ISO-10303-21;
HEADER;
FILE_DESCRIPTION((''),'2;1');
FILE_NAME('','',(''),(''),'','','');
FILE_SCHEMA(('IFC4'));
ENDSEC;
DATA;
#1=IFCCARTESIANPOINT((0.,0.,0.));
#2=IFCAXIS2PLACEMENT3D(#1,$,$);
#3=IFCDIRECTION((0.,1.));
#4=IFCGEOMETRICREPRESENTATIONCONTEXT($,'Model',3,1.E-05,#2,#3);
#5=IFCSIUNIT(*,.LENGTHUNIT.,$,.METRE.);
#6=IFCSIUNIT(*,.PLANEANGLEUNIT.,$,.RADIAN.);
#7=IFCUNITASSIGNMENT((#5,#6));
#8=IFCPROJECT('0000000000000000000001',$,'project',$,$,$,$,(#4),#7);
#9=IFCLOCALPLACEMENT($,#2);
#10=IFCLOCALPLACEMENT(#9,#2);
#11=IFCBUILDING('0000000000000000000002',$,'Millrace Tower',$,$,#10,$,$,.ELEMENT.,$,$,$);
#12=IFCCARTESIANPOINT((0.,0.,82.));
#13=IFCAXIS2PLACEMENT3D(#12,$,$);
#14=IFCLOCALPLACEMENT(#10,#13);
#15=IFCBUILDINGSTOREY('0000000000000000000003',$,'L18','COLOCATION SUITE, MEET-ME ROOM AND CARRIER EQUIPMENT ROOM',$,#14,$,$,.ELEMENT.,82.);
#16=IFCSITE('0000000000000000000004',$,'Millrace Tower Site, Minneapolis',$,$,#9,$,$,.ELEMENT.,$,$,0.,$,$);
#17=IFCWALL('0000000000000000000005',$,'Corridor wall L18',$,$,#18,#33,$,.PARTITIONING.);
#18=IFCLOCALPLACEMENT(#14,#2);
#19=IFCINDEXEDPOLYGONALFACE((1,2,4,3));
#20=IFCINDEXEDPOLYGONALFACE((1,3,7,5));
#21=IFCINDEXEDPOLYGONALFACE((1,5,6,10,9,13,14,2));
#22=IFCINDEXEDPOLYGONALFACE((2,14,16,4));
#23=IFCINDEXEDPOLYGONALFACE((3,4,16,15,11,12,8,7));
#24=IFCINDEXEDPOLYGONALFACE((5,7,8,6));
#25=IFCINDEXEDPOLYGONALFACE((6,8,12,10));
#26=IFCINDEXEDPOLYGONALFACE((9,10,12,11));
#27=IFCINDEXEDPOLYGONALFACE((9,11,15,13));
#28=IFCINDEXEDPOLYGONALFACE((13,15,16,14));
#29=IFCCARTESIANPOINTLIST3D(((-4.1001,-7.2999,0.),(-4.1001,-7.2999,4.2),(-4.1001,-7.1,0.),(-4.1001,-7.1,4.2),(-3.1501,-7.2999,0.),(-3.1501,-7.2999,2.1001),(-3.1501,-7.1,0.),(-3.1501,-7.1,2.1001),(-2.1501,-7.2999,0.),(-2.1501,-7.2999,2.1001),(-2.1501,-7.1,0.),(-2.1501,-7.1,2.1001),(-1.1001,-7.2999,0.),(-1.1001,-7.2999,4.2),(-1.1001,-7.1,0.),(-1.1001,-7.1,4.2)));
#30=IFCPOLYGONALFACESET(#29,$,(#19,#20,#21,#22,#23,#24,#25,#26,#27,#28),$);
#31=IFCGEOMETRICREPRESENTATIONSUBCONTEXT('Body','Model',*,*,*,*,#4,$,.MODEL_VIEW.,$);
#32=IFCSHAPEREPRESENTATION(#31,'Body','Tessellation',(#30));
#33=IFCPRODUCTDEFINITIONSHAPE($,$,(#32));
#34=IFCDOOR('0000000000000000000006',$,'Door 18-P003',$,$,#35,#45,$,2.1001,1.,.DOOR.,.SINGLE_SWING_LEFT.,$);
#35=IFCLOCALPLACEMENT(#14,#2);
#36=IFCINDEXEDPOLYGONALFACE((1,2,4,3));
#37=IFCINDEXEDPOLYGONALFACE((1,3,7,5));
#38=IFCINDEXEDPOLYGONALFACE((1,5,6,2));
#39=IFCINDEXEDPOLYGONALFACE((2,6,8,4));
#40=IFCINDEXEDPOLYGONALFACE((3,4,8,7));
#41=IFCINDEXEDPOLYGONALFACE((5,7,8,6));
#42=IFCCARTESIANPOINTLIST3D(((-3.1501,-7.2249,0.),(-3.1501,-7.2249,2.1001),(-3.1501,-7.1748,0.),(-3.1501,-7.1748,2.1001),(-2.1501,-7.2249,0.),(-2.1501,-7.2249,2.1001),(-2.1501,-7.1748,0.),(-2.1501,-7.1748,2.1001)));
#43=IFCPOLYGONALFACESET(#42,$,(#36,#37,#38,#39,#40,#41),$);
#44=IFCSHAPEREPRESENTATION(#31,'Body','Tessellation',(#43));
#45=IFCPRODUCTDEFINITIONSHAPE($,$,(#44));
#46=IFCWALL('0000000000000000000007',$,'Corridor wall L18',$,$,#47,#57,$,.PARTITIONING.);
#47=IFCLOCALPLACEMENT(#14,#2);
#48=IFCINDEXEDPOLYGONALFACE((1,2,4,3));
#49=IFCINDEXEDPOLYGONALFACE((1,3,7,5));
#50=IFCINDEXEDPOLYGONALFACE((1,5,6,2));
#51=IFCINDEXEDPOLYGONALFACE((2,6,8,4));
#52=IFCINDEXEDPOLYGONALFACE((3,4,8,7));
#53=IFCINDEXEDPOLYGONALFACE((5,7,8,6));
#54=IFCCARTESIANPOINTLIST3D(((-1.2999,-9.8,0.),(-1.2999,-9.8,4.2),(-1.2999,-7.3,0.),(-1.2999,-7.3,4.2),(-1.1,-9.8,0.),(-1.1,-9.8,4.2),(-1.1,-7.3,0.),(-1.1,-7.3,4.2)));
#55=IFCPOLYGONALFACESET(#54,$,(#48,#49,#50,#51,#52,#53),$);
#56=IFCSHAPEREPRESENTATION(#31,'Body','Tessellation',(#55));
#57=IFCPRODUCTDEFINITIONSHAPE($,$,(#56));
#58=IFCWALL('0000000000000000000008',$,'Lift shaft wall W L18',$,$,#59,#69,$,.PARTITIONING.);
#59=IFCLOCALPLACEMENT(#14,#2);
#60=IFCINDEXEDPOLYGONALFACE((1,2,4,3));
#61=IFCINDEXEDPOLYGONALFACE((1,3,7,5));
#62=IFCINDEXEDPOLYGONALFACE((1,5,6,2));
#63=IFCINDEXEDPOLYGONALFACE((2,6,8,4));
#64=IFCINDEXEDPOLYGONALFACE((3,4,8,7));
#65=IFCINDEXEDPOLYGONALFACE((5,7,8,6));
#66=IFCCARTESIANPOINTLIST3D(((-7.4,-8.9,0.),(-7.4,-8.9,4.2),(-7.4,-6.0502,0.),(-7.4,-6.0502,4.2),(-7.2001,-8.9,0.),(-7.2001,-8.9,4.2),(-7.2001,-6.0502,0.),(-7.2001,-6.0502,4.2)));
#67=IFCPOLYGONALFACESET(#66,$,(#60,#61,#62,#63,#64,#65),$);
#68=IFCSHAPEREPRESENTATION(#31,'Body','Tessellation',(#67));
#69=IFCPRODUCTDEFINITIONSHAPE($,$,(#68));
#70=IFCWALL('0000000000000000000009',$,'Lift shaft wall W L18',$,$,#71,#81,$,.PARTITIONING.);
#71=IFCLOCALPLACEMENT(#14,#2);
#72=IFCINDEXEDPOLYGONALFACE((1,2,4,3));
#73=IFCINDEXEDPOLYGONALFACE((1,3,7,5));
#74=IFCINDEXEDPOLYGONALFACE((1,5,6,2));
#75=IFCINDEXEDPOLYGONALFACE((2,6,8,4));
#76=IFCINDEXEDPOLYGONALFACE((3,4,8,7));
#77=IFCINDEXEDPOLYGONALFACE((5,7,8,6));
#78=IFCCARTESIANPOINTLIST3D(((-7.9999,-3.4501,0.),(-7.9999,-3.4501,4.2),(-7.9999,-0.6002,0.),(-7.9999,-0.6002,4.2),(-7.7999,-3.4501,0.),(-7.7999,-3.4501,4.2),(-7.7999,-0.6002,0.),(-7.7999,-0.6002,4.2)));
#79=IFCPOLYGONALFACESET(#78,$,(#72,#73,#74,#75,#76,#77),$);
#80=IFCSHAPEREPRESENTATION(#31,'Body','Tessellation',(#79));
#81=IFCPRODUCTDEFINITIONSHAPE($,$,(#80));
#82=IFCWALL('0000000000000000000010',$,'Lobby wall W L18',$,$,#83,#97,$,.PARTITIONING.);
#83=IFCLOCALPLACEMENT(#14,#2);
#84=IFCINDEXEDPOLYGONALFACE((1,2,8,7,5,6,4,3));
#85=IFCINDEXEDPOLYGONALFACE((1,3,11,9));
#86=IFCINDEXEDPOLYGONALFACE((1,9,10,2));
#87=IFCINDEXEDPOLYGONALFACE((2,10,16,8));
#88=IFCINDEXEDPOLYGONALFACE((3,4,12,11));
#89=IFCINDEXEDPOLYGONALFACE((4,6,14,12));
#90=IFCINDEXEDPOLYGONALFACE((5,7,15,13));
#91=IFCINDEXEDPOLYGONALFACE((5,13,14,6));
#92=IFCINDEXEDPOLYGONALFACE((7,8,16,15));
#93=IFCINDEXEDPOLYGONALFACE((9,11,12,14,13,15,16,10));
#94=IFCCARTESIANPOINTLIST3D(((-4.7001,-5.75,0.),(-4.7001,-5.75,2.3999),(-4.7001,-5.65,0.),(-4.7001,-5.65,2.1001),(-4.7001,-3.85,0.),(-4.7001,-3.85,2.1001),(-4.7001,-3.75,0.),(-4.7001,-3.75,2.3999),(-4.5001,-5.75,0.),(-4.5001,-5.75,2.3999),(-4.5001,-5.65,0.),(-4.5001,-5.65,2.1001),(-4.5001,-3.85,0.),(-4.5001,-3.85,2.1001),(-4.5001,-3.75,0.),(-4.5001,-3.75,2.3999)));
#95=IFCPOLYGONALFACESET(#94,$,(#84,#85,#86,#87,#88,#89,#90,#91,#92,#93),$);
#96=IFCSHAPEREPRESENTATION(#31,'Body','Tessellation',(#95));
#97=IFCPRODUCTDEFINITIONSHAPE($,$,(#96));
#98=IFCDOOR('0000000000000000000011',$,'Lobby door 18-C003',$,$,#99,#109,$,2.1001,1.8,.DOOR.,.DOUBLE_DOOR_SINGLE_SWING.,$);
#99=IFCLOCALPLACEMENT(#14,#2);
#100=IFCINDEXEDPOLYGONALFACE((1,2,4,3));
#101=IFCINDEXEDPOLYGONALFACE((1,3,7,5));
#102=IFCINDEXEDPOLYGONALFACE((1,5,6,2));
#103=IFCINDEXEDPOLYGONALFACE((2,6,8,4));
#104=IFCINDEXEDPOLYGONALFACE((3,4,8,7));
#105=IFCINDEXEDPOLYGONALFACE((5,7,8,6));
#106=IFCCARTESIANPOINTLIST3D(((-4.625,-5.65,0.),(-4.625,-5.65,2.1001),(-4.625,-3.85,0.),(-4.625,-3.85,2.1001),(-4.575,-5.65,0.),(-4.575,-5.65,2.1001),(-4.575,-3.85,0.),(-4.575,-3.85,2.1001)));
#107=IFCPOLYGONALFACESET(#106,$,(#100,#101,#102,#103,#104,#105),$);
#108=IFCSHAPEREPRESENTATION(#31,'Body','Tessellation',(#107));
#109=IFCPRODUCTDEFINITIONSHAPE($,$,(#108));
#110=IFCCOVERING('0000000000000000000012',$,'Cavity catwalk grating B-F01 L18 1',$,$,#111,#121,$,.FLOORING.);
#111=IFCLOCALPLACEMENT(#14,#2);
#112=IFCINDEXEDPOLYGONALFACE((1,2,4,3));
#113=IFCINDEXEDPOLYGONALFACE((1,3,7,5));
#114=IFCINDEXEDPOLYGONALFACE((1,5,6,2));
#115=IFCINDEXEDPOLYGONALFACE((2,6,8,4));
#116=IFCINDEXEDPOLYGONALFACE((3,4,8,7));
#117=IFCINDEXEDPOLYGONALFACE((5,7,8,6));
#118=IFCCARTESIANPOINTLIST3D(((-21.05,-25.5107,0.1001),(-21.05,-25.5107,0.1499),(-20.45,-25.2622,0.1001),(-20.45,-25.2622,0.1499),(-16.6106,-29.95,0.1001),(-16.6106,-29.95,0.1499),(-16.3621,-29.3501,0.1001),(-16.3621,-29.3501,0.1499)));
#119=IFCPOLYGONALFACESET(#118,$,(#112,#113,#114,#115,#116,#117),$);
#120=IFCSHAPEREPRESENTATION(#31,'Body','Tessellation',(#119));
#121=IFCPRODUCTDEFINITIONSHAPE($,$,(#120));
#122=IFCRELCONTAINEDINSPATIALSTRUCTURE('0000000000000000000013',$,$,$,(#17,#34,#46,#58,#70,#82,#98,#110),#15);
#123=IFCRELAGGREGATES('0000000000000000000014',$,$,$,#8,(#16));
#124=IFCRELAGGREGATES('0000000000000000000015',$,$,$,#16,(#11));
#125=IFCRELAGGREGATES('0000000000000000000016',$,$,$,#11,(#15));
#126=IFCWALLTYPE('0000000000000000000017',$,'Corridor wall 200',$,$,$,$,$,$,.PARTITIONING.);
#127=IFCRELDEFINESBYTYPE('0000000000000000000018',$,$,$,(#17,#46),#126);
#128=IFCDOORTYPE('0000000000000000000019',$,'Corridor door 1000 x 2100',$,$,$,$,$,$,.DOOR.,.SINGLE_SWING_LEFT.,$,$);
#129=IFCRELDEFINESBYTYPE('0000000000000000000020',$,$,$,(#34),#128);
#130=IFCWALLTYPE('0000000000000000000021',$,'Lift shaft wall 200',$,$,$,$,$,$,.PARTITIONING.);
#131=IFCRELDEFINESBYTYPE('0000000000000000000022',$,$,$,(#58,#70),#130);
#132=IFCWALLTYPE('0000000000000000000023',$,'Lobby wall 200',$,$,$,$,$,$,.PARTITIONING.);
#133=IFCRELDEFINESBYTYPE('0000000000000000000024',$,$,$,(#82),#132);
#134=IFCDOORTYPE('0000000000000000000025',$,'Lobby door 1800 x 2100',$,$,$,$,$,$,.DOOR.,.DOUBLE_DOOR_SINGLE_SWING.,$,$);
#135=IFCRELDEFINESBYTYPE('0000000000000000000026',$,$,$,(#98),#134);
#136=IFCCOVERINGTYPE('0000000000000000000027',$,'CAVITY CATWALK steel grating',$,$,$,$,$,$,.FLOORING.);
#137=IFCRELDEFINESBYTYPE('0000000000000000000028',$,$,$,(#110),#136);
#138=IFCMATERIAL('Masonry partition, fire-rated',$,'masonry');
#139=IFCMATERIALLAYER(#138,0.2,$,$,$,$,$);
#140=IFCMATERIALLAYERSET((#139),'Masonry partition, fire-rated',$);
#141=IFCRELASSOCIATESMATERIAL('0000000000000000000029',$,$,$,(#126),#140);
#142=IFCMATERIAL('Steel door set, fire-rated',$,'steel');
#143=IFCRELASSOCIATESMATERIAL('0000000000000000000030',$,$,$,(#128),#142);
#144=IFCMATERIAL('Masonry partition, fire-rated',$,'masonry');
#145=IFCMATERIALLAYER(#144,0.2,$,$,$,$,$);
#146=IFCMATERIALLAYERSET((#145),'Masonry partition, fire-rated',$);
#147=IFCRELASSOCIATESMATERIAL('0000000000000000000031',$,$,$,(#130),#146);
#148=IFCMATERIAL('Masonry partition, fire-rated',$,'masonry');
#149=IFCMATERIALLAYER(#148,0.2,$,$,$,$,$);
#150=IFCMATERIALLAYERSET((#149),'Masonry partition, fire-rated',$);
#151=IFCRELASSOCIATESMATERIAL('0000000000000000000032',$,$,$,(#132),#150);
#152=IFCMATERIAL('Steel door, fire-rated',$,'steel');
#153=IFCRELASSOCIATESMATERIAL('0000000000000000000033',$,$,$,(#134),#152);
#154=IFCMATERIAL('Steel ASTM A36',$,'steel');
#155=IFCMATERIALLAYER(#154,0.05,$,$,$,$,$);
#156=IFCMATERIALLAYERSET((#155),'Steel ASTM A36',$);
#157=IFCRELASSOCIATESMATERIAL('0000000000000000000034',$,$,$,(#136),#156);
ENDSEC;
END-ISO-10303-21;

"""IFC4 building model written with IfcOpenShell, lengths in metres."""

from ifc_helpers import new_model, si_unit, direction, frame, frame_2d, origin, place, context, subcontext, project, spatial, polyline, rectangle, outline, extrude, material, layer, layer_set, type_object, element, fill, save


model = new_model("IFC4")

# Units and contexts
model_context = context("Model", 3, precision=1e-05, world=origin(), true_north=direction((0.0, 1.0)))
body_context = subcontext(model_context, "Body", "Model", "MODEL_VIEW")
ifc_project = project(units=[si_unit("LENGTHUNIT", "METRE"), si_unit("PLANEANGLEUNIT", "RADIAN")], contexts=[model_context])

# Site, building, storey
site_placement = place(None, origin())
site = spatial("IfcSite", under=ifc_project, at=site_placement, Name="Millrace Tower Site, Minneapolis", CompositionType="ELEMENT", RefElevation=0.0)
building_placement = place(site_placement, origin())
building = spatial("IfcBuilding", under=site, at=building_placement, Name="Millrace Tower", CompositionType="ELEMENT")
storey_placement = place(building_placement, frame((0.0, 0.0, 82.0)))
storey = spatial("IfcBuildingStorey", under=building, at=storey_placement, Name="L18", Description="COLOCATION SUITE, MEET-ME ROOM AND CARRIER EQUIPMENT ROOM", CompositionType="ELEMENT", Elevation=82.0)

# Shared definitions
ifc_material_1 = material(Name="Masonry partition, fire-rated", Category="masonry")
ifc_layer_1 = layer(ifc_material_1, 0.2)
ifc_layer_set_1 = layer_set([ifc_layer_1], Name="Masonry partition, fire-rated")
wall_type_1 = type_object("IfcWallType", Name="Corridor wall 200", PredefinedType="PARTITIONING", material=ifc_layer_set_1)

# Wall, opening, door
wall_1_placement = place(storey_placement, frame((-4.1001, -7.2, 0.0), z_axis=(0.0, 0.0, 1.0), x_axis=(1.0, 0.0, 0.0)))
wall_1 = element("IfcWall", 1, at=wall_1_placement, inside=storey, type_object=wall_type_1, Name="Corridor wall L18", PredefinedType="PARTITIONING", context=body_context, shape_type="SweptSolid", body=[
    extrude(rectangle(XDim=3.0, YDim=0.2, at=frame_2d((1.5, 0.0))), origin(), (0.0, 0.0, 1.0), 4.2),
])
opening_1_placement = place(wall_1_placement, frame((0.95, 0.0, 0.0)))
opening_1 = element("IfcOpeningElement", 2, at=opening_1_placement, cuts=wall_1, PredefinedType="OPENING", context=body_context, shape_type="SweptSolid", body=[
    extrude(rectangle(XDim=1.0, YDim=2.1001, at=frame_2d((0.5, 1.05))), frame((0.0, 0.1099, 0.0), z_axis=(0.0, -1.0, 0.0), x_axis=(1.0, 0.0, 0.0)), (0.0, 0.0, 1.0), 0.22),
])
ifc_material_2 = material(Name="Steel door set, fire-rated", Category="steel")
door_type_1 = type_object("IfcDoorType", Name="Corridor door 1000 x 2100", OperationType="SINGLE_SWING_LEFT", PredefinedType="DOOR", material=ifc_material_2)
door_1_placement = place(opening_1_placement, frame((1.0, 0.0, 0.0), z_axis=(0.0, 0.0, 1.0), x_axis=(-1.0, 0.0, 0.0)))
door_1 = element("IfcDoor", 3, at=door_1_placement, inside=storey, type_object=door_type_1, Name="Door 18-P003", OperationType="SINGLE_SWING_LEFT", OverallHeight=2.1001, OverallWidth=1.0, PredefinedType="DOOR", context=body_context, shape_type="SweptSolid", body=[
    extrude(rectangle(XDim=1.0, YDim=2.1001, at=frame_2d((0.5, 1.05))), frame((0.0, 0.0249, 0.0), z_axis=(0.0, -1.0, 0.0), x_axis=(1.0, 0.0, 0.0)), (0.0, 0.0, 1.0), 0.05),
])
fill(opening_1, door_1)

# Walls
wall_2_placement = place(storey_placement, frame((-1.2, -9.8, 0.0), z_axis=(0.0, 0.0, 1.0), x_axis=(0.0, 1.0, 0.0)))
element("IfcWall", 4, at=wall_2_placement, inside=storey, type_object=wall_type_1, Name="Corridor wall L18", PredefinedType="PARTITIONING", context=body_context, shape_type="SweptSolid", body=[
    extrude(rectangle(XDim=2.5, YDim=0.2, at=frame_2d((1.25, 0.0))), origin(), (0.0, 0.0, 1.0), 4.2),
])
ifc_material_3 = material(Name="Masonry partition, fire-rated", Category="masonry")
ifc_layer_2 = layer(ifc_material_3, 0.2)
ifc_layer_set_2 = layer_set([ifc_layer_2], Name="Masonry partition, fire-rated")
wall_type_2 = type_object("IfcWallType", Name="Lift shaft wall 200", PredefinedType="PARTITIONING", material=ifc_layer_set_2)
for number, where, z_axis, x_axis, name in (
    (5, (-7.3, -8.8999, 0.0), (0.0, 0.0, 1.0), (0.0, 1.0, 0.0), "Lift shaft wall W L18"),
    (6, (-7.8999, -3.45, 0.0), (0.0, 0.0, 1.0), (0.0, 1.0, 0.0), "Lift shaft wall W L18"),
):
    element("IfcWall", number, at=place(storey_placement, frame(where, z_axis=z_axis, x_axis=x_axis)), inside=storey, type_object=wall_type_2, Name=name, PredefinedType="PARTITIONING", context=body_context, shape_type="SweptSolid", body=[
        extrude(rectangle(XDim=2.8499, YDim=0.2, at=frame_2d((1.4248, 0.0))), origin(), (0.0, 0.0, 1.0), 4.2),
    ])

# Wall, opening, door
ifc_material_4 = material(Name="Masonry partition, fire-rated", Category="masonry")
ifc_layer_3 = layer(ifc_material_4, 0.2)
ifc_layer_set_3 = layer_set([ifc_layer_3], Name="Masonry partition, fire-rated")
wall_type_3 = type_object("IfcWallType", Name="Lobby wall 200", PredefinedType="PARTITIONING", material=ifc_layer_set_3)
wall_3_placement = place(storey_placement, frame((-4.6001, -5.75, 0.0), z_axis=(0.0, 0.0, 1.0), x_axis=(0.0, 1.0, 0.0)))
wall_3 = element("IfcWall", 7, at=wall_3_placement, inside=storey, type_object=wall_type_3, Name="Lobby wall W L18", PredefinedType="PARTITIONING", context=body_context, shape_type="SweptSolid", body=[
    extrude(rectangle(XDim=2.0, YDim=0.2, at=frame_2d((1.0, 0.0))), origin(), (0.0, 0.0, 1.0), 2.3999),
])
opening_2_placement = place(wall_3_placement, frame((0.1001, 0.0, 0.0)))
opening_2 = element("IfcOpeningElement", 8, at=opening_2_placement, cuts=wall_3, PredefinedType="OPENING", context=body_context, shape_type="SweptSolid", body=[
    extrude(rectangle(XDim=1.8, YDim=2.1001, at=frame_2d((0.8999, 1.05))), frame((0.0, 0.1099, 0.0), z_axis=(0.0, -1.0, 0.0), x_axis=(1.0, 0.0, 0.0)), (0.0, 0.0, 1.0), 0.22),
])
ifc_material_5 = material(Name="Steel door, fire-rated", Category="steel")
door_type_2 = type_object("IfcDoorType", Name="Lobby door 1800 x 2100", OperationType="DOUBLE_DOOR_SINGLE_SWING", PredefinedType="DOOR", material=ifc_material_5)
door_2_placement = place(opening_2_placement, origin())
door_2 = element("IfcDoor", 9, at=door_2_placement, inside=storey, type_object=door_type_2, Name="Lobby door 18-C003", OperationType="DOUBLE_DOOR_SINGLE_SWING", OverallHeight=2.1001, OverallWidth=1.8, PredefinedType="DOOR", context=body_context, shape_type="SweptSolid", body=[
    extrude(rectangle(XDim=1.8, YDim=2.1001, at=frame_2d((0.8999, 1.05))), frame((0.0, 0.0249, 0.0), z_axis=(0.0, -1.0, 0.0), x_axis=(1.0, 0.0, 0.0)), (0.0, 0.0, 1.0), 0.05),
])
fill(opening_2, door_2)

# Covering
ifc_material_6 = material(Name="Steel ASTM A36", Category="steel")
ifc_layer_4 = layer(ifc_material_6, 0.05)
ifc_layer_set_4 = layer_set([ifc_layer_4], Name="Steel ASTM A36")
covering_type = type_object("IfcCoveringType", Name="CAVITY CATWALK steel grating", PredefinedType="FLOORING", material=ifc_layer_set_4)
covering_placement = place(storey_placement, frame((0.0, 0.0, 0.1001)))
element("IfcCovering", 10, at=covering_placement, inside=storey, type_object=covering_type, Name="Cavity catwalk grating B-F01 L18 1", PredefinedType="FLOORING", context=body_context, shape_type="SweptSolid", body=[
    extrude(outline(polyline([(-21.05, -25.5107), (-16.6106, -29.95), (-16.3621, -29.3501), (-20.45, -25.2622), (-21.05, -25.5107)])), origin(), (0.0, 0.0, 1.0), 0.0498),
])

save(model, "model.ifc")
